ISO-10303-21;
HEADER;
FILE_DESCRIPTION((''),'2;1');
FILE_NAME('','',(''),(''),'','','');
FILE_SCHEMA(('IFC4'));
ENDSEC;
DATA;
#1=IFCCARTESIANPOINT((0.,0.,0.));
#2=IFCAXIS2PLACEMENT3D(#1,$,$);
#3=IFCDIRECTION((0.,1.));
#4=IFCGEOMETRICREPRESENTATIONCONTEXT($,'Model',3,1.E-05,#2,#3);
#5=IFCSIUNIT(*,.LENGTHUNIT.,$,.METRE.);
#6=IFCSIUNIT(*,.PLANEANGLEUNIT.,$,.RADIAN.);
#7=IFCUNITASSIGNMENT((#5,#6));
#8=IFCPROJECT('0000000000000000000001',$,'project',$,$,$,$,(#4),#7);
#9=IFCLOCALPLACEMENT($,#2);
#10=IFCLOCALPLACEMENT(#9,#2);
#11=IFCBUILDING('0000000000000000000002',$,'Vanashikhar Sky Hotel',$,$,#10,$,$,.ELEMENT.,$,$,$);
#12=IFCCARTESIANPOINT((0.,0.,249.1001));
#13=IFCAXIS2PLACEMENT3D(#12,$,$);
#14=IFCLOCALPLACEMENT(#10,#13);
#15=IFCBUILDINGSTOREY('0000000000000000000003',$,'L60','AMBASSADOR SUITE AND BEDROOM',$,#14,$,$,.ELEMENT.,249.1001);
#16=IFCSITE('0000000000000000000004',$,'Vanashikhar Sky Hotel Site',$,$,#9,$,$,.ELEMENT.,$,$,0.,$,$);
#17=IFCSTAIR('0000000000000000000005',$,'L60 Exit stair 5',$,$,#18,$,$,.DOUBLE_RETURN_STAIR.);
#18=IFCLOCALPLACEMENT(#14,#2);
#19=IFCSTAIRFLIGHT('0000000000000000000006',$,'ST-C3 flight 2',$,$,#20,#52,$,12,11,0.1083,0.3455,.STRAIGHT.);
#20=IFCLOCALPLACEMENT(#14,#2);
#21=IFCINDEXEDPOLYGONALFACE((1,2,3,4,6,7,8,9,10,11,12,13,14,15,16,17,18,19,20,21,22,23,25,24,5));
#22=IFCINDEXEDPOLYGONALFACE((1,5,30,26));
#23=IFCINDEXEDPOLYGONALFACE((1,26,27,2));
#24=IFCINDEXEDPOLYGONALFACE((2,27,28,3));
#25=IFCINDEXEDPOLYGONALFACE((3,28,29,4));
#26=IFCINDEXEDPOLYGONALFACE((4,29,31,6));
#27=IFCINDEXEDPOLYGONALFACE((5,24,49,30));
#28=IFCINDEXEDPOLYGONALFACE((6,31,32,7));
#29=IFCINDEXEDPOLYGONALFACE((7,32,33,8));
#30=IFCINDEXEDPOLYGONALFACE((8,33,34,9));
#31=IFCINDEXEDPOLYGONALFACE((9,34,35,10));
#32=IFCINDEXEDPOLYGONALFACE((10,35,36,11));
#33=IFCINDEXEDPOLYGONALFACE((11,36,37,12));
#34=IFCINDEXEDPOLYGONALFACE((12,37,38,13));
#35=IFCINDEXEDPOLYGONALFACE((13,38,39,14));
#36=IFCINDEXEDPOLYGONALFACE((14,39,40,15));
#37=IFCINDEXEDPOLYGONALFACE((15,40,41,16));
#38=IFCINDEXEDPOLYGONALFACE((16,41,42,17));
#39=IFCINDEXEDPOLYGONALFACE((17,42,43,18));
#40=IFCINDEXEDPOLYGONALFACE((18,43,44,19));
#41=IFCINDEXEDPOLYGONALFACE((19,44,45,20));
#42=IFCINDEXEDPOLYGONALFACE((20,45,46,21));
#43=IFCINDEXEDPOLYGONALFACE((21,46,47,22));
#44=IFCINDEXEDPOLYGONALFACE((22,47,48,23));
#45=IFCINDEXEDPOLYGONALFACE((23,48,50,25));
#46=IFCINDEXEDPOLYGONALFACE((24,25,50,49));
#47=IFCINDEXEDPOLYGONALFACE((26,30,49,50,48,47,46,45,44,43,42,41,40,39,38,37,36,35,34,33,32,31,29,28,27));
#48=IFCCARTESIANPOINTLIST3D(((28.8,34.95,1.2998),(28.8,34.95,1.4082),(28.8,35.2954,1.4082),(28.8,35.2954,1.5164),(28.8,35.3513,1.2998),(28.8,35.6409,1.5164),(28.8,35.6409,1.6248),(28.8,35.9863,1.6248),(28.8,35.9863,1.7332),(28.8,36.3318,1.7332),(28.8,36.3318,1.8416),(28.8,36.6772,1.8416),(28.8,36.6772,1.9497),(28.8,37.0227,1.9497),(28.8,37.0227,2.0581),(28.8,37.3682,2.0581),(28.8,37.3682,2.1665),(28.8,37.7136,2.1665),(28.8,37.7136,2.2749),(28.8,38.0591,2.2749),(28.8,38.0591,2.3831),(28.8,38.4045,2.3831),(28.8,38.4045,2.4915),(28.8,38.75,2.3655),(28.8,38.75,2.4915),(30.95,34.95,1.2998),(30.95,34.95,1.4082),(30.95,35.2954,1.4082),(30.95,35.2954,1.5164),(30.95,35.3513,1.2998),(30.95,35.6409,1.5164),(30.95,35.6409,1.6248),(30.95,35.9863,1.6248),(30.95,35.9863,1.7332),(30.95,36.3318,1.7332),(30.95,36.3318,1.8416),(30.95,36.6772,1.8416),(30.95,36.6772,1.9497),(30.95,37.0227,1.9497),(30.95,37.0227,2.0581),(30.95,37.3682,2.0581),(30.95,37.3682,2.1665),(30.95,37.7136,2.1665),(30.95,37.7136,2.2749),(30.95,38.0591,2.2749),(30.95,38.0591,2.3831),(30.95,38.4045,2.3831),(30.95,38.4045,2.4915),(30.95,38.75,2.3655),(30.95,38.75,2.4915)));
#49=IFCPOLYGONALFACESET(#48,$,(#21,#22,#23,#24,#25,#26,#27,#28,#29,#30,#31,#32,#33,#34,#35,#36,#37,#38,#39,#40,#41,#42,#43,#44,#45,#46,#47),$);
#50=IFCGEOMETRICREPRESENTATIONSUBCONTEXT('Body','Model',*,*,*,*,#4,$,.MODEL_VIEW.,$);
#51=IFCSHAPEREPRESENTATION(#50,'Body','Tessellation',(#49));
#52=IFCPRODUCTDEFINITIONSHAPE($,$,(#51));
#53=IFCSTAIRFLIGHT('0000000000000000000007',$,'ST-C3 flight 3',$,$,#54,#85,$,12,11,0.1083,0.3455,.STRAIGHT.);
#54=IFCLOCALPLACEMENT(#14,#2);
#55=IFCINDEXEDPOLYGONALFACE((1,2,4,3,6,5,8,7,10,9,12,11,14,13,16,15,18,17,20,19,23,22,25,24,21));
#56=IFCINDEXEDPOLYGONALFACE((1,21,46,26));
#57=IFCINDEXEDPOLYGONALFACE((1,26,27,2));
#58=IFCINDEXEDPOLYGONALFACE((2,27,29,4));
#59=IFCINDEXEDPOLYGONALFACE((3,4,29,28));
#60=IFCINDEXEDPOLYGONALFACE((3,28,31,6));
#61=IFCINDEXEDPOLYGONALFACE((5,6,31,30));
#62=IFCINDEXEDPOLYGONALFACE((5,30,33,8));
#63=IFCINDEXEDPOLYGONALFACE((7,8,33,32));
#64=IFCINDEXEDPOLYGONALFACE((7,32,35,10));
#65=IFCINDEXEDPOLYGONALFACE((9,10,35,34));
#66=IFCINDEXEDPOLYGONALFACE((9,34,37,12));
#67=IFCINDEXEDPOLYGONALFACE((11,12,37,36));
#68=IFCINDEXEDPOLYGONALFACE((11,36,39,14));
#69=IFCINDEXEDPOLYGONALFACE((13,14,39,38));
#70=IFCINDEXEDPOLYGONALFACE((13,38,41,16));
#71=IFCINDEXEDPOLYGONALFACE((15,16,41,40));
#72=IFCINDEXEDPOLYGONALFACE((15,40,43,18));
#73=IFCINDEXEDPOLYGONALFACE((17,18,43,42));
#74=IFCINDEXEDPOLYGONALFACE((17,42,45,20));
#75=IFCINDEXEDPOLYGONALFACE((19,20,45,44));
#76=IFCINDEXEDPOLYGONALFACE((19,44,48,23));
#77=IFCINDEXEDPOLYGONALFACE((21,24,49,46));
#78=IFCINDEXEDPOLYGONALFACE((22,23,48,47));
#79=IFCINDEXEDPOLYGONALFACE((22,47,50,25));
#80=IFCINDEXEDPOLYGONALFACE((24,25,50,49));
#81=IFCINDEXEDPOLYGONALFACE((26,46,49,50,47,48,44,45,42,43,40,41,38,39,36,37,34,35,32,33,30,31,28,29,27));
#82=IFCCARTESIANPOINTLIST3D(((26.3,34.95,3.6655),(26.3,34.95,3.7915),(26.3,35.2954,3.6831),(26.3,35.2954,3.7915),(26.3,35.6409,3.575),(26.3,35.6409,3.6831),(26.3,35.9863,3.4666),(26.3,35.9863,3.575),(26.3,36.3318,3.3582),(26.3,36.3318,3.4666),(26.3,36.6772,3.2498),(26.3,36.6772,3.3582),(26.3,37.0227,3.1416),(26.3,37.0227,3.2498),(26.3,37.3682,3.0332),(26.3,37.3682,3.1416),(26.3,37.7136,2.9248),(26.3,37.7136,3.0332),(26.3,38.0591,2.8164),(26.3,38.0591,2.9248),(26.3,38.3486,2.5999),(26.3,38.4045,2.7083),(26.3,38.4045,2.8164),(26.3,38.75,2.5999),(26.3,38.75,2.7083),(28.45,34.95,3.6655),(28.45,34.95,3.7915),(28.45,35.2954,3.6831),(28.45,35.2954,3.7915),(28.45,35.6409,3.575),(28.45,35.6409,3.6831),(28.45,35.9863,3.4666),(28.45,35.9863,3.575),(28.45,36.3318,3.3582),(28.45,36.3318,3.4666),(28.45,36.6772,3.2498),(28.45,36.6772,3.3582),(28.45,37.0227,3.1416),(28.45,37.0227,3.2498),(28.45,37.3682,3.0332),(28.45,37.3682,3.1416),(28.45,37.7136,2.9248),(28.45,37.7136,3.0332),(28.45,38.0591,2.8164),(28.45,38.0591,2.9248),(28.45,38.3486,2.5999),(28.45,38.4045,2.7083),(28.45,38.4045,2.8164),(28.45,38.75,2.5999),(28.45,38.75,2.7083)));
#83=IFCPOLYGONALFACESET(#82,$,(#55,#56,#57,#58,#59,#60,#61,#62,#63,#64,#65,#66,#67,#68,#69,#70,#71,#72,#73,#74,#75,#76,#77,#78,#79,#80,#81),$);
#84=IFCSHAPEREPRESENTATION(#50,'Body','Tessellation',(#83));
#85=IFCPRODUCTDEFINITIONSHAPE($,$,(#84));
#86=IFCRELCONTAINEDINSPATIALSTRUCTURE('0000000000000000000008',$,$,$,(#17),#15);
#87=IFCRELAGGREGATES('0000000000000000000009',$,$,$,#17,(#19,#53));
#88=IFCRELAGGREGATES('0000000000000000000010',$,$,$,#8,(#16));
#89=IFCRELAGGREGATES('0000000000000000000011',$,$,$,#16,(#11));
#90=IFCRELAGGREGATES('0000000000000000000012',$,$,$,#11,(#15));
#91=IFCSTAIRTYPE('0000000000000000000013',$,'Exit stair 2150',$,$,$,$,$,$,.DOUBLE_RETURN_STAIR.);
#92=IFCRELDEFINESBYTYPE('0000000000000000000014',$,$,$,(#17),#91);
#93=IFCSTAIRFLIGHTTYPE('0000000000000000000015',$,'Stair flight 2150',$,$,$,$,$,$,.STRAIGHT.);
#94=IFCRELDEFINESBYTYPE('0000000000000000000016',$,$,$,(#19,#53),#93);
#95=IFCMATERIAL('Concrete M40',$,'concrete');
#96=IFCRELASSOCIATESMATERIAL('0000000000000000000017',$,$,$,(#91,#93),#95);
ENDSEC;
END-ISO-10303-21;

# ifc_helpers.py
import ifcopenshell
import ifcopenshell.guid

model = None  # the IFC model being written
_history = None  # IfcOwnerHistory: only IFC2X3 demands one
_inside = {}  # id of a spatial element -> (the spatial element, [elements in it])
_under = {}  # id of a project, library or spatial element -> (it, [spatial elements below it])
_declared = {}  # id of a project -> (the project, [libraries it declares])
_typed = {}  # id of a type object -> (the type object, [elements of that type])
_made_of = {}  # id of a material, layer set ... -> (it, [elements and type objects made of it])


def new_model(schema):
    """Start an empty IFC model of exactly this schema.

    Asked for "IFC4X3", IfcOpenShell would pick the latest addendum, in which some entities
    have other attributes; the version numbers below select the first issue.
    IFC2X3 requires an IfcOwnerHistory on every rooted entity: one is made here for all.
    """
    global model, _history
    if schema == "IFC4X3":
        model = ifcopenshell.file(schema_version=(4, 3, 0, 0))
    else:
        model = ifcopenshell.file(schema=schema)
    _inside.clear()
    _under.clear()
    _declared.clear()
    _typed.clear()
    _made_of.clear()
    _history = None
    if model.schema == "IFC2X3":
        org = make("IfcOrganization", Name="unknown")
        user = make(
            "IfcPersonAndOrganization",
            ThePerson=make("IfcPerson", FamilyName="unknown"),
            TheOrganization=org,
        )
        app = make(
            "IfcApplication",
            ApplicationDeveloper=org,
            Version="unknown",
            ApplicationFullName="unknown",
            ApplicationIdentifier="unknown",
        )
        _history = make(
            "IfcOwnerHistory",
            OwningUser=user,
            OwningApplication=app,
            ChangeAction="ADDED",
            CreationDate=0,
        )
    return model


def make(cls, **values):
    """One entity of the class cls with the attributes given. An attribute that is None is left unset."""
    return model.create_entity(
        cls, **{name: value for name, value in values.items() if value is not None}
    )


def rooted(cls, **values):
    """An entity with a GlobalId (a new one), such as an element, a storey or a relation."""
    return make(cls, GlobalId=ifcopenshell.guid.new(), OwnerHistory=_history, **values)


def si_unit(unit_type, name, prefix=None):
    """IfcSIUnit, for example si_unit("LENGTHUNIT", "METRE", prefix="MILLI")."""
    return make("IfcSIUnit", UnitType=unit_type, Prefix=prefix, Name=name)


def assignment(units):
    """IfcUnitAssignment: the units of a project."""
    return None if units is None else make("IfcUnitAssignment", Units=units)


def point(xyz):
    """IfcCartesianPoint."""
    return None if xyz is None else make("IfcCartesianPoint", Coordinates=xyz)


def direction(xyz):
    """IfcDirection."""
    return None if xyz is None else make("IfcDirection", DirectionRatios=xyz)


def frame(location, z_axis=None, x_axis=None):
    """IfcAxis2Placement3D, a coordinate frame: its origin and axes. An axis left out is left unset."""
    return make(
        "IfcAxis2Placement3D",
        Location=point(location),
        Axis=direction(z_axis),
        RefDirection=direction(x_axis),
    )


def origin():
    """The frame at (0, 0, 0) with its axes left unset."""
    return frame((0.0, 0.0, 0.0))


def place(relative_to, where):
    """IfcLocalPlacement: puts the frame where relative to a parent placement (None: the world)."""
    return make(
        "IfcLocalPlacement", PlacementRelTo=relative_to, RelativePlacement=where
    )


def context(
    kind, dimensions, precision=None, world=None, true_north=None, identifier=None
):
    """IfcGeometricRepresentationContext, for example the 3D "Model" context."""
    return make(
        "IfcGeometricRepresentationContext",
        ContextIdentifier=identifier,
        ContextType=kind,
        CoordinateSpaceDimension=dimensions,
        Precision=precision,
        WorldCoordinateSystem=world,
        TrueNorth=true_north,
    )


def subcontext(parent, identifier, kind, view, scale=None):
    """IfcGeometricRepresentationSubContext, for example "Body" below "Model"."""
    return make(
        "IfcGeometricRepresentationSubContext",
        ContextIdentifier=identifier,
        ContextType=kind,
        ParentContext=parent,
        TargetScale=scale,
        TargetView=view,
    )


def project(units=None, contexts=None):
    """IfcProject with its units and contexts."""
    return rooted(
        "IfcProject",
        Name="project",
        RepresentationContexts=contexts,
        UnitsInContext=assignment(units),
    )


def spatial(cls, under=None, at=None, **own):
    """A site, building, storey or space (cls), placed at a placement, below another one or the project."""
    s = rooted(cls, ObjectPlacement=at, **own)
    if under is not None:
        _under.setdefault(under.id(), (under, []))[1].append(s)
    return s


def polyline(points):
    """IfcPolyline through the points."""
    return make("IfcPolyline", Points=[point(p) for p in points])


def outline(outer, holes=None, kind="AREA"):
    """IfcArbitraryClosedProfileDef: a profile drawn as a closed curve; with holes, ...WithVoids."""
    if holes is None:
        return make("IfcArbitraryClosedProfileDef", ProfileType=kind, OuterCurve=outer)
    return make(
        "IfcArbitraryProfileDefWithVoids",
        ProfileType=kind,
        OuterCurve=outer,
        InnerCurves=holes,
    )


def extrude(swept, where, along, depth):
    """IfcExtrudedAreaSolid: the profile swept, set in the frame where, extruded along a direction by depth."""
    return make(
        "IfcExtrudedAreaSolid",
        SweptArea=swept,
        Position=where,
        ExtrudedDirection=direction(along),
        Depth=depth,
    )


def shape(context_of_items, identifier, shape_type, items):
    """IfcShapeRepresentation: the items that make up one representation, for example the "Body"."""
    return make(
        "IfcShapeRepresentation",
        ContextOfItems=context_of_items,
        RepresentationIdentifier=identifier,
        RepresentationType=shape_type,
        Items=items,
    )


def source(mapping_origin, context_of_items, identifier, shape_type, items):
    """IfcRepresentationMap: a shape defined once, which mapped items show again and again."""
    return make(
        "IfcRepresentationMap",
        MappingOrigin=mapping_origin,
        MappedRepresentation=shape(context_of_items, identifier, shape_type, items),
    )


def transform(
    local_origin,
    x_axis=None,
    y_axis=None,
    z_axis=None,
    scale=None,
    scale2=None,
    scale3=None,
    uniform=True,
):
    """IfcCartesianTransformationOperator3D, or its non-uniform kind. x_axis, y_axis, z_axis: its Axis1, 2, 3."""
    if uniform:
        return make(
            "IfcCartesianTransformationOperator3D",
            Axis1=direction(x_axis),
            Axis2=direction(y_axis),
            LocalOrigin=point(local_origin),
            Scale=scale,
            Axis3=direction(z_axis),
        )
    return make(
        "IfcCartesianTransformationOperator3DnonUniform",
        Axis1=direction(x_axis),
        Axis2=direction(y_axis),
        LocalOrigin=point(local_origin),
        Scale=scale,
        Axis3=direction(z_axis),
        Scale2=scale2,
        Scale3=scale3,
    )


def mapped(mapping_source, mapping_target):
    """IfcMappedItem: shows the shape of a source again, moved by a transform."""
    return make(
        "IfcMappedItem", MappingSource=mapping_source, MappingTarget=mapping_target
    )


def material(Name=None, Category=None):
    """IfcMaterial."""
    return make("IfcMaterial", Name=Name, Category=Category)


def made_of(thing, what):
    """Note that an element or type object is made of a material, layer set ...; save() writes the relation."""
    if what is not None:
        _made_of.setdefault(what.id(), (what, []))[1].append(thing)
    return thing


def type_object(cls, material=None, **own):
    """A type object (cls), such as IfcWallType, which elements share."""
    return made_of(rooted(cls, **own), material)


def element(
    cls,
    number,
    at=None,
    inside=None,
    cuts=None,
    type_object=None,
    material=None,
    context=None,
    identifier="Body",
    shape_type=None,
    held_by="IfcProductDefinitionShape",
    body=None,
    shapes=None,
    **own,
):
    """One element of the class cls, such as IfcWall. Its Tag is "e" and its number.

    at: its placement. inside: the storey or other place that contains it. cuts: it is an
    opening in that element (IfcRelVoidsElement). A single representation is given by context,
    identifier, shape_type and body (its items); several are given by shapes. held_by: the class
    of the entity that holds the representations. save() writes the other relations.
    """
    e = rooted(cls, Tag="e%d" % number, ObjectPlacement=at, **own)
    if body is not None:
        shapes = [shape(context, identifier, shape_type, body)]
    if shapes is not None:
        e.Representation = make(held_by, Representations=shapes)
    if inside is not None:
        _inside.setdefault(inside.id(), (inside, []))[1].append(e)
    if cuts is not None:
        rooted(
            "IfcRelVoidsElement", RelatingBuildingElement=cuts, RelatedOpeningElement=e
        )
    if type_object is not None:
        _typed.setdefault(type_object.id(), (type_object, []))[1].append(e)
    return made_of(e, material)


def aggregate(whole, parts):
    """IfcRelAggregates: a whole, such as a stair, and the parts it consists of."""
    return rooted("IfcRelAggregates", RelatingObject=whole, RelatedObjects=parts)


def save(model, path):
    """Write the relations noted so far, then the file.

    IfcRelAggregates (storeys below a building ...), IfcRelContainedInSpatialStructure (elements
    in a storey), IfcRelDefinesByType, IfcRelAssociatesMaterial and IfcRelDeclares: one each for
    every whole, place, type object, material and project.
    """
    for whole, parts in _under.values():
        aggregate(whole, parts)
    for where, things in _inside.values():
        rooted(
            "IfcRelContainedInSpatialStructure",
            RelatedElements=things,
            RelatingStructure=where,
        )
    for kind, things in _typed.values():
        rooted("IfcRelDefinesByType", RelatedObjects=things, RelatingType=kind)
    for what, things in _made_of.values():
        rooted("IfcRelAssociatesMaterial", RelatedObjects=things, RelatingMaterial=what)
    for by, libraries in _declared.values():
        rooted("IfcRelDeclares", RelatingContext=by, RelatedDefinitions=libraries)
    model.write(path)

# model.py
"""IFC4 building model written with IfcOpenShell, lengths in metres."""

from ifc_helpers import new_model, si_unit, direction, frame, origin, place, context, subcontext, project, spatial, polyline, outline, extrude, source, transform, mapped, material, type_object, element, aggregate, save


model = new_model("IFC4")

# Units and contexts
model_context = context("Model", 3, precision=1e-05, world=origin(), true_north=direction((0.0, 1.0)))
body_context = subcontext(model_context, "Body", "Model", "MODEL_VIEW")
ifc_project = project(units=[si_unit("LENGTHUNIT", "METRE"), si_unit("PLANEANGLEUNIT", "RADIAN")], contexts=[model_context])

# Site, building, storey
site_placement = place(None, origin())
site = spatial("IfcSite", under=ifc_project, at=site_placement, Name="Vanashikhar Sky Hotel Site", CompositionType="ELEMENT", RefElevation=0.0)
building_placement = place(site_placement, origin())
building = spatial("IfcBuilding", under=site, at=building_placement, Name="Vanashikhar Sky Hotel", CompositionType="ELEMENT")
storey_placement = place(building_placement, frame((0.0, 0.0, 249.1001)))
storey = spatial("IfcBuildingStorey", under=building, at=storey_placement, Name="L60", Description="AMBASSADOR SUITE AND BEDROOM", CompositionType="ELEMENT", Elevation=249.1001)

# Shared definitions
ifc_material_1 = material(Name="Concrete M40", Category="concrete")

# Stair, stair flights
stair_type = type_object("IfcStairType", Name="Exit stair 2150", PredefinedType="DOUBLE_RETURN_STAIR", material=ifc_material_1)
stair_placement = place(storey_placement, origin())
stair = element("IfcStair", 1, at=stair_placement, inside=storey, type_object=stair_type, Name="L60 Exit stair 5", PredefinedType="DOUBLE_RETURN_STAIR")
stair_flight_type = type_object("IfcStairFlightType", Name="Stair flight 2150", PredefinedType="STRAIGHT", material=ifc_material_1)
shared_shape_1 = source(origin(), body_context, "Body", "SweptSolid", [
    extrude(outline(polyline([(0.0, 0.0), (0.0, 0.1084), (0.3455, 0.1084), (0.3455, 0.2166), (0.6909, 0.2166), (0.6909, 0.325), (1.0364, 0.325), (1.0364, 0.4333), (1.3818, 0.4333), (1.3818, 0.5417), (1.7273, 0.5417), (1.7273, 0.6499), (2.0728, 0.6499), (2.0728, 0.7583), (2.4182, 0.7583), (2.4182, 0.8667), (2.7637, 0.8667), (2.7637, 0.9751), (3.1091, 0.9751), (3.1091, 1.0833), (3.4546, 1.0833), (3.4546, 1.1917), (3.8, 1.1917), (3.8, 1.3), (3.8, 1.0657), (0.4014, 0.0), (0.0, 0.0)])), frame((0.0, 1.075, 0.0), z_axis=(0.0, -1.0, 0.0), x_axis=(1.0, 0.0, 0.0)), (0.0, 0.0, 1.0), 2.1499),
])
stair_flight_1_placement = place(storey_placement, frame((29.875, 34.95, 1.2998), z_axis=(0.0, 0.0, 1.0), x_axis=(0.0, 1.0, 0.0)))
stair_flight_1 = element("IfcStairFlight", 2, at=stair_flight_1_placement, type_object=stair_flight_type, Name="ST-C3 flight 2", NumberOfRisers=12, NumberOfTreads=11, PredefinedType="STRAIGHT", RiserHeight=0.1083, TreadLength=0.3455, context=body_context, shape_type="MappedRepresentation", body=[
    mapped(shared_shape_1, transform((0.0, 0.0, 0.0), scale=1.0)),
])
stair_flight_2_placement = place(storey_placement, frame((27.375, 38.75, 2.5999), z_axis=(0.0, 0.0, 1.0), x_axis=(0.0, -1.0, 0.0)))
stair_flight_2 = element("IfcStairFlight", 3, at=stair_flight_2_placement, type_object=stair_flight_type, Name="ST-C3 flight 3", NumberOfRisers=12, NumberOfTreads=11, PredefinedType="STRAIGHT", RiserHeight=0.1083, TreadLength=0.3455, context=body_context, shape_type="MappedRepresentation", body=[
    mapped(shared_shape_1, transform((0.0, 0.0, 0.0), scale=1.0)),
])
aggregate(stair, [stair_flight_1, stair_flight_2])

save(model, "model.ifc")
